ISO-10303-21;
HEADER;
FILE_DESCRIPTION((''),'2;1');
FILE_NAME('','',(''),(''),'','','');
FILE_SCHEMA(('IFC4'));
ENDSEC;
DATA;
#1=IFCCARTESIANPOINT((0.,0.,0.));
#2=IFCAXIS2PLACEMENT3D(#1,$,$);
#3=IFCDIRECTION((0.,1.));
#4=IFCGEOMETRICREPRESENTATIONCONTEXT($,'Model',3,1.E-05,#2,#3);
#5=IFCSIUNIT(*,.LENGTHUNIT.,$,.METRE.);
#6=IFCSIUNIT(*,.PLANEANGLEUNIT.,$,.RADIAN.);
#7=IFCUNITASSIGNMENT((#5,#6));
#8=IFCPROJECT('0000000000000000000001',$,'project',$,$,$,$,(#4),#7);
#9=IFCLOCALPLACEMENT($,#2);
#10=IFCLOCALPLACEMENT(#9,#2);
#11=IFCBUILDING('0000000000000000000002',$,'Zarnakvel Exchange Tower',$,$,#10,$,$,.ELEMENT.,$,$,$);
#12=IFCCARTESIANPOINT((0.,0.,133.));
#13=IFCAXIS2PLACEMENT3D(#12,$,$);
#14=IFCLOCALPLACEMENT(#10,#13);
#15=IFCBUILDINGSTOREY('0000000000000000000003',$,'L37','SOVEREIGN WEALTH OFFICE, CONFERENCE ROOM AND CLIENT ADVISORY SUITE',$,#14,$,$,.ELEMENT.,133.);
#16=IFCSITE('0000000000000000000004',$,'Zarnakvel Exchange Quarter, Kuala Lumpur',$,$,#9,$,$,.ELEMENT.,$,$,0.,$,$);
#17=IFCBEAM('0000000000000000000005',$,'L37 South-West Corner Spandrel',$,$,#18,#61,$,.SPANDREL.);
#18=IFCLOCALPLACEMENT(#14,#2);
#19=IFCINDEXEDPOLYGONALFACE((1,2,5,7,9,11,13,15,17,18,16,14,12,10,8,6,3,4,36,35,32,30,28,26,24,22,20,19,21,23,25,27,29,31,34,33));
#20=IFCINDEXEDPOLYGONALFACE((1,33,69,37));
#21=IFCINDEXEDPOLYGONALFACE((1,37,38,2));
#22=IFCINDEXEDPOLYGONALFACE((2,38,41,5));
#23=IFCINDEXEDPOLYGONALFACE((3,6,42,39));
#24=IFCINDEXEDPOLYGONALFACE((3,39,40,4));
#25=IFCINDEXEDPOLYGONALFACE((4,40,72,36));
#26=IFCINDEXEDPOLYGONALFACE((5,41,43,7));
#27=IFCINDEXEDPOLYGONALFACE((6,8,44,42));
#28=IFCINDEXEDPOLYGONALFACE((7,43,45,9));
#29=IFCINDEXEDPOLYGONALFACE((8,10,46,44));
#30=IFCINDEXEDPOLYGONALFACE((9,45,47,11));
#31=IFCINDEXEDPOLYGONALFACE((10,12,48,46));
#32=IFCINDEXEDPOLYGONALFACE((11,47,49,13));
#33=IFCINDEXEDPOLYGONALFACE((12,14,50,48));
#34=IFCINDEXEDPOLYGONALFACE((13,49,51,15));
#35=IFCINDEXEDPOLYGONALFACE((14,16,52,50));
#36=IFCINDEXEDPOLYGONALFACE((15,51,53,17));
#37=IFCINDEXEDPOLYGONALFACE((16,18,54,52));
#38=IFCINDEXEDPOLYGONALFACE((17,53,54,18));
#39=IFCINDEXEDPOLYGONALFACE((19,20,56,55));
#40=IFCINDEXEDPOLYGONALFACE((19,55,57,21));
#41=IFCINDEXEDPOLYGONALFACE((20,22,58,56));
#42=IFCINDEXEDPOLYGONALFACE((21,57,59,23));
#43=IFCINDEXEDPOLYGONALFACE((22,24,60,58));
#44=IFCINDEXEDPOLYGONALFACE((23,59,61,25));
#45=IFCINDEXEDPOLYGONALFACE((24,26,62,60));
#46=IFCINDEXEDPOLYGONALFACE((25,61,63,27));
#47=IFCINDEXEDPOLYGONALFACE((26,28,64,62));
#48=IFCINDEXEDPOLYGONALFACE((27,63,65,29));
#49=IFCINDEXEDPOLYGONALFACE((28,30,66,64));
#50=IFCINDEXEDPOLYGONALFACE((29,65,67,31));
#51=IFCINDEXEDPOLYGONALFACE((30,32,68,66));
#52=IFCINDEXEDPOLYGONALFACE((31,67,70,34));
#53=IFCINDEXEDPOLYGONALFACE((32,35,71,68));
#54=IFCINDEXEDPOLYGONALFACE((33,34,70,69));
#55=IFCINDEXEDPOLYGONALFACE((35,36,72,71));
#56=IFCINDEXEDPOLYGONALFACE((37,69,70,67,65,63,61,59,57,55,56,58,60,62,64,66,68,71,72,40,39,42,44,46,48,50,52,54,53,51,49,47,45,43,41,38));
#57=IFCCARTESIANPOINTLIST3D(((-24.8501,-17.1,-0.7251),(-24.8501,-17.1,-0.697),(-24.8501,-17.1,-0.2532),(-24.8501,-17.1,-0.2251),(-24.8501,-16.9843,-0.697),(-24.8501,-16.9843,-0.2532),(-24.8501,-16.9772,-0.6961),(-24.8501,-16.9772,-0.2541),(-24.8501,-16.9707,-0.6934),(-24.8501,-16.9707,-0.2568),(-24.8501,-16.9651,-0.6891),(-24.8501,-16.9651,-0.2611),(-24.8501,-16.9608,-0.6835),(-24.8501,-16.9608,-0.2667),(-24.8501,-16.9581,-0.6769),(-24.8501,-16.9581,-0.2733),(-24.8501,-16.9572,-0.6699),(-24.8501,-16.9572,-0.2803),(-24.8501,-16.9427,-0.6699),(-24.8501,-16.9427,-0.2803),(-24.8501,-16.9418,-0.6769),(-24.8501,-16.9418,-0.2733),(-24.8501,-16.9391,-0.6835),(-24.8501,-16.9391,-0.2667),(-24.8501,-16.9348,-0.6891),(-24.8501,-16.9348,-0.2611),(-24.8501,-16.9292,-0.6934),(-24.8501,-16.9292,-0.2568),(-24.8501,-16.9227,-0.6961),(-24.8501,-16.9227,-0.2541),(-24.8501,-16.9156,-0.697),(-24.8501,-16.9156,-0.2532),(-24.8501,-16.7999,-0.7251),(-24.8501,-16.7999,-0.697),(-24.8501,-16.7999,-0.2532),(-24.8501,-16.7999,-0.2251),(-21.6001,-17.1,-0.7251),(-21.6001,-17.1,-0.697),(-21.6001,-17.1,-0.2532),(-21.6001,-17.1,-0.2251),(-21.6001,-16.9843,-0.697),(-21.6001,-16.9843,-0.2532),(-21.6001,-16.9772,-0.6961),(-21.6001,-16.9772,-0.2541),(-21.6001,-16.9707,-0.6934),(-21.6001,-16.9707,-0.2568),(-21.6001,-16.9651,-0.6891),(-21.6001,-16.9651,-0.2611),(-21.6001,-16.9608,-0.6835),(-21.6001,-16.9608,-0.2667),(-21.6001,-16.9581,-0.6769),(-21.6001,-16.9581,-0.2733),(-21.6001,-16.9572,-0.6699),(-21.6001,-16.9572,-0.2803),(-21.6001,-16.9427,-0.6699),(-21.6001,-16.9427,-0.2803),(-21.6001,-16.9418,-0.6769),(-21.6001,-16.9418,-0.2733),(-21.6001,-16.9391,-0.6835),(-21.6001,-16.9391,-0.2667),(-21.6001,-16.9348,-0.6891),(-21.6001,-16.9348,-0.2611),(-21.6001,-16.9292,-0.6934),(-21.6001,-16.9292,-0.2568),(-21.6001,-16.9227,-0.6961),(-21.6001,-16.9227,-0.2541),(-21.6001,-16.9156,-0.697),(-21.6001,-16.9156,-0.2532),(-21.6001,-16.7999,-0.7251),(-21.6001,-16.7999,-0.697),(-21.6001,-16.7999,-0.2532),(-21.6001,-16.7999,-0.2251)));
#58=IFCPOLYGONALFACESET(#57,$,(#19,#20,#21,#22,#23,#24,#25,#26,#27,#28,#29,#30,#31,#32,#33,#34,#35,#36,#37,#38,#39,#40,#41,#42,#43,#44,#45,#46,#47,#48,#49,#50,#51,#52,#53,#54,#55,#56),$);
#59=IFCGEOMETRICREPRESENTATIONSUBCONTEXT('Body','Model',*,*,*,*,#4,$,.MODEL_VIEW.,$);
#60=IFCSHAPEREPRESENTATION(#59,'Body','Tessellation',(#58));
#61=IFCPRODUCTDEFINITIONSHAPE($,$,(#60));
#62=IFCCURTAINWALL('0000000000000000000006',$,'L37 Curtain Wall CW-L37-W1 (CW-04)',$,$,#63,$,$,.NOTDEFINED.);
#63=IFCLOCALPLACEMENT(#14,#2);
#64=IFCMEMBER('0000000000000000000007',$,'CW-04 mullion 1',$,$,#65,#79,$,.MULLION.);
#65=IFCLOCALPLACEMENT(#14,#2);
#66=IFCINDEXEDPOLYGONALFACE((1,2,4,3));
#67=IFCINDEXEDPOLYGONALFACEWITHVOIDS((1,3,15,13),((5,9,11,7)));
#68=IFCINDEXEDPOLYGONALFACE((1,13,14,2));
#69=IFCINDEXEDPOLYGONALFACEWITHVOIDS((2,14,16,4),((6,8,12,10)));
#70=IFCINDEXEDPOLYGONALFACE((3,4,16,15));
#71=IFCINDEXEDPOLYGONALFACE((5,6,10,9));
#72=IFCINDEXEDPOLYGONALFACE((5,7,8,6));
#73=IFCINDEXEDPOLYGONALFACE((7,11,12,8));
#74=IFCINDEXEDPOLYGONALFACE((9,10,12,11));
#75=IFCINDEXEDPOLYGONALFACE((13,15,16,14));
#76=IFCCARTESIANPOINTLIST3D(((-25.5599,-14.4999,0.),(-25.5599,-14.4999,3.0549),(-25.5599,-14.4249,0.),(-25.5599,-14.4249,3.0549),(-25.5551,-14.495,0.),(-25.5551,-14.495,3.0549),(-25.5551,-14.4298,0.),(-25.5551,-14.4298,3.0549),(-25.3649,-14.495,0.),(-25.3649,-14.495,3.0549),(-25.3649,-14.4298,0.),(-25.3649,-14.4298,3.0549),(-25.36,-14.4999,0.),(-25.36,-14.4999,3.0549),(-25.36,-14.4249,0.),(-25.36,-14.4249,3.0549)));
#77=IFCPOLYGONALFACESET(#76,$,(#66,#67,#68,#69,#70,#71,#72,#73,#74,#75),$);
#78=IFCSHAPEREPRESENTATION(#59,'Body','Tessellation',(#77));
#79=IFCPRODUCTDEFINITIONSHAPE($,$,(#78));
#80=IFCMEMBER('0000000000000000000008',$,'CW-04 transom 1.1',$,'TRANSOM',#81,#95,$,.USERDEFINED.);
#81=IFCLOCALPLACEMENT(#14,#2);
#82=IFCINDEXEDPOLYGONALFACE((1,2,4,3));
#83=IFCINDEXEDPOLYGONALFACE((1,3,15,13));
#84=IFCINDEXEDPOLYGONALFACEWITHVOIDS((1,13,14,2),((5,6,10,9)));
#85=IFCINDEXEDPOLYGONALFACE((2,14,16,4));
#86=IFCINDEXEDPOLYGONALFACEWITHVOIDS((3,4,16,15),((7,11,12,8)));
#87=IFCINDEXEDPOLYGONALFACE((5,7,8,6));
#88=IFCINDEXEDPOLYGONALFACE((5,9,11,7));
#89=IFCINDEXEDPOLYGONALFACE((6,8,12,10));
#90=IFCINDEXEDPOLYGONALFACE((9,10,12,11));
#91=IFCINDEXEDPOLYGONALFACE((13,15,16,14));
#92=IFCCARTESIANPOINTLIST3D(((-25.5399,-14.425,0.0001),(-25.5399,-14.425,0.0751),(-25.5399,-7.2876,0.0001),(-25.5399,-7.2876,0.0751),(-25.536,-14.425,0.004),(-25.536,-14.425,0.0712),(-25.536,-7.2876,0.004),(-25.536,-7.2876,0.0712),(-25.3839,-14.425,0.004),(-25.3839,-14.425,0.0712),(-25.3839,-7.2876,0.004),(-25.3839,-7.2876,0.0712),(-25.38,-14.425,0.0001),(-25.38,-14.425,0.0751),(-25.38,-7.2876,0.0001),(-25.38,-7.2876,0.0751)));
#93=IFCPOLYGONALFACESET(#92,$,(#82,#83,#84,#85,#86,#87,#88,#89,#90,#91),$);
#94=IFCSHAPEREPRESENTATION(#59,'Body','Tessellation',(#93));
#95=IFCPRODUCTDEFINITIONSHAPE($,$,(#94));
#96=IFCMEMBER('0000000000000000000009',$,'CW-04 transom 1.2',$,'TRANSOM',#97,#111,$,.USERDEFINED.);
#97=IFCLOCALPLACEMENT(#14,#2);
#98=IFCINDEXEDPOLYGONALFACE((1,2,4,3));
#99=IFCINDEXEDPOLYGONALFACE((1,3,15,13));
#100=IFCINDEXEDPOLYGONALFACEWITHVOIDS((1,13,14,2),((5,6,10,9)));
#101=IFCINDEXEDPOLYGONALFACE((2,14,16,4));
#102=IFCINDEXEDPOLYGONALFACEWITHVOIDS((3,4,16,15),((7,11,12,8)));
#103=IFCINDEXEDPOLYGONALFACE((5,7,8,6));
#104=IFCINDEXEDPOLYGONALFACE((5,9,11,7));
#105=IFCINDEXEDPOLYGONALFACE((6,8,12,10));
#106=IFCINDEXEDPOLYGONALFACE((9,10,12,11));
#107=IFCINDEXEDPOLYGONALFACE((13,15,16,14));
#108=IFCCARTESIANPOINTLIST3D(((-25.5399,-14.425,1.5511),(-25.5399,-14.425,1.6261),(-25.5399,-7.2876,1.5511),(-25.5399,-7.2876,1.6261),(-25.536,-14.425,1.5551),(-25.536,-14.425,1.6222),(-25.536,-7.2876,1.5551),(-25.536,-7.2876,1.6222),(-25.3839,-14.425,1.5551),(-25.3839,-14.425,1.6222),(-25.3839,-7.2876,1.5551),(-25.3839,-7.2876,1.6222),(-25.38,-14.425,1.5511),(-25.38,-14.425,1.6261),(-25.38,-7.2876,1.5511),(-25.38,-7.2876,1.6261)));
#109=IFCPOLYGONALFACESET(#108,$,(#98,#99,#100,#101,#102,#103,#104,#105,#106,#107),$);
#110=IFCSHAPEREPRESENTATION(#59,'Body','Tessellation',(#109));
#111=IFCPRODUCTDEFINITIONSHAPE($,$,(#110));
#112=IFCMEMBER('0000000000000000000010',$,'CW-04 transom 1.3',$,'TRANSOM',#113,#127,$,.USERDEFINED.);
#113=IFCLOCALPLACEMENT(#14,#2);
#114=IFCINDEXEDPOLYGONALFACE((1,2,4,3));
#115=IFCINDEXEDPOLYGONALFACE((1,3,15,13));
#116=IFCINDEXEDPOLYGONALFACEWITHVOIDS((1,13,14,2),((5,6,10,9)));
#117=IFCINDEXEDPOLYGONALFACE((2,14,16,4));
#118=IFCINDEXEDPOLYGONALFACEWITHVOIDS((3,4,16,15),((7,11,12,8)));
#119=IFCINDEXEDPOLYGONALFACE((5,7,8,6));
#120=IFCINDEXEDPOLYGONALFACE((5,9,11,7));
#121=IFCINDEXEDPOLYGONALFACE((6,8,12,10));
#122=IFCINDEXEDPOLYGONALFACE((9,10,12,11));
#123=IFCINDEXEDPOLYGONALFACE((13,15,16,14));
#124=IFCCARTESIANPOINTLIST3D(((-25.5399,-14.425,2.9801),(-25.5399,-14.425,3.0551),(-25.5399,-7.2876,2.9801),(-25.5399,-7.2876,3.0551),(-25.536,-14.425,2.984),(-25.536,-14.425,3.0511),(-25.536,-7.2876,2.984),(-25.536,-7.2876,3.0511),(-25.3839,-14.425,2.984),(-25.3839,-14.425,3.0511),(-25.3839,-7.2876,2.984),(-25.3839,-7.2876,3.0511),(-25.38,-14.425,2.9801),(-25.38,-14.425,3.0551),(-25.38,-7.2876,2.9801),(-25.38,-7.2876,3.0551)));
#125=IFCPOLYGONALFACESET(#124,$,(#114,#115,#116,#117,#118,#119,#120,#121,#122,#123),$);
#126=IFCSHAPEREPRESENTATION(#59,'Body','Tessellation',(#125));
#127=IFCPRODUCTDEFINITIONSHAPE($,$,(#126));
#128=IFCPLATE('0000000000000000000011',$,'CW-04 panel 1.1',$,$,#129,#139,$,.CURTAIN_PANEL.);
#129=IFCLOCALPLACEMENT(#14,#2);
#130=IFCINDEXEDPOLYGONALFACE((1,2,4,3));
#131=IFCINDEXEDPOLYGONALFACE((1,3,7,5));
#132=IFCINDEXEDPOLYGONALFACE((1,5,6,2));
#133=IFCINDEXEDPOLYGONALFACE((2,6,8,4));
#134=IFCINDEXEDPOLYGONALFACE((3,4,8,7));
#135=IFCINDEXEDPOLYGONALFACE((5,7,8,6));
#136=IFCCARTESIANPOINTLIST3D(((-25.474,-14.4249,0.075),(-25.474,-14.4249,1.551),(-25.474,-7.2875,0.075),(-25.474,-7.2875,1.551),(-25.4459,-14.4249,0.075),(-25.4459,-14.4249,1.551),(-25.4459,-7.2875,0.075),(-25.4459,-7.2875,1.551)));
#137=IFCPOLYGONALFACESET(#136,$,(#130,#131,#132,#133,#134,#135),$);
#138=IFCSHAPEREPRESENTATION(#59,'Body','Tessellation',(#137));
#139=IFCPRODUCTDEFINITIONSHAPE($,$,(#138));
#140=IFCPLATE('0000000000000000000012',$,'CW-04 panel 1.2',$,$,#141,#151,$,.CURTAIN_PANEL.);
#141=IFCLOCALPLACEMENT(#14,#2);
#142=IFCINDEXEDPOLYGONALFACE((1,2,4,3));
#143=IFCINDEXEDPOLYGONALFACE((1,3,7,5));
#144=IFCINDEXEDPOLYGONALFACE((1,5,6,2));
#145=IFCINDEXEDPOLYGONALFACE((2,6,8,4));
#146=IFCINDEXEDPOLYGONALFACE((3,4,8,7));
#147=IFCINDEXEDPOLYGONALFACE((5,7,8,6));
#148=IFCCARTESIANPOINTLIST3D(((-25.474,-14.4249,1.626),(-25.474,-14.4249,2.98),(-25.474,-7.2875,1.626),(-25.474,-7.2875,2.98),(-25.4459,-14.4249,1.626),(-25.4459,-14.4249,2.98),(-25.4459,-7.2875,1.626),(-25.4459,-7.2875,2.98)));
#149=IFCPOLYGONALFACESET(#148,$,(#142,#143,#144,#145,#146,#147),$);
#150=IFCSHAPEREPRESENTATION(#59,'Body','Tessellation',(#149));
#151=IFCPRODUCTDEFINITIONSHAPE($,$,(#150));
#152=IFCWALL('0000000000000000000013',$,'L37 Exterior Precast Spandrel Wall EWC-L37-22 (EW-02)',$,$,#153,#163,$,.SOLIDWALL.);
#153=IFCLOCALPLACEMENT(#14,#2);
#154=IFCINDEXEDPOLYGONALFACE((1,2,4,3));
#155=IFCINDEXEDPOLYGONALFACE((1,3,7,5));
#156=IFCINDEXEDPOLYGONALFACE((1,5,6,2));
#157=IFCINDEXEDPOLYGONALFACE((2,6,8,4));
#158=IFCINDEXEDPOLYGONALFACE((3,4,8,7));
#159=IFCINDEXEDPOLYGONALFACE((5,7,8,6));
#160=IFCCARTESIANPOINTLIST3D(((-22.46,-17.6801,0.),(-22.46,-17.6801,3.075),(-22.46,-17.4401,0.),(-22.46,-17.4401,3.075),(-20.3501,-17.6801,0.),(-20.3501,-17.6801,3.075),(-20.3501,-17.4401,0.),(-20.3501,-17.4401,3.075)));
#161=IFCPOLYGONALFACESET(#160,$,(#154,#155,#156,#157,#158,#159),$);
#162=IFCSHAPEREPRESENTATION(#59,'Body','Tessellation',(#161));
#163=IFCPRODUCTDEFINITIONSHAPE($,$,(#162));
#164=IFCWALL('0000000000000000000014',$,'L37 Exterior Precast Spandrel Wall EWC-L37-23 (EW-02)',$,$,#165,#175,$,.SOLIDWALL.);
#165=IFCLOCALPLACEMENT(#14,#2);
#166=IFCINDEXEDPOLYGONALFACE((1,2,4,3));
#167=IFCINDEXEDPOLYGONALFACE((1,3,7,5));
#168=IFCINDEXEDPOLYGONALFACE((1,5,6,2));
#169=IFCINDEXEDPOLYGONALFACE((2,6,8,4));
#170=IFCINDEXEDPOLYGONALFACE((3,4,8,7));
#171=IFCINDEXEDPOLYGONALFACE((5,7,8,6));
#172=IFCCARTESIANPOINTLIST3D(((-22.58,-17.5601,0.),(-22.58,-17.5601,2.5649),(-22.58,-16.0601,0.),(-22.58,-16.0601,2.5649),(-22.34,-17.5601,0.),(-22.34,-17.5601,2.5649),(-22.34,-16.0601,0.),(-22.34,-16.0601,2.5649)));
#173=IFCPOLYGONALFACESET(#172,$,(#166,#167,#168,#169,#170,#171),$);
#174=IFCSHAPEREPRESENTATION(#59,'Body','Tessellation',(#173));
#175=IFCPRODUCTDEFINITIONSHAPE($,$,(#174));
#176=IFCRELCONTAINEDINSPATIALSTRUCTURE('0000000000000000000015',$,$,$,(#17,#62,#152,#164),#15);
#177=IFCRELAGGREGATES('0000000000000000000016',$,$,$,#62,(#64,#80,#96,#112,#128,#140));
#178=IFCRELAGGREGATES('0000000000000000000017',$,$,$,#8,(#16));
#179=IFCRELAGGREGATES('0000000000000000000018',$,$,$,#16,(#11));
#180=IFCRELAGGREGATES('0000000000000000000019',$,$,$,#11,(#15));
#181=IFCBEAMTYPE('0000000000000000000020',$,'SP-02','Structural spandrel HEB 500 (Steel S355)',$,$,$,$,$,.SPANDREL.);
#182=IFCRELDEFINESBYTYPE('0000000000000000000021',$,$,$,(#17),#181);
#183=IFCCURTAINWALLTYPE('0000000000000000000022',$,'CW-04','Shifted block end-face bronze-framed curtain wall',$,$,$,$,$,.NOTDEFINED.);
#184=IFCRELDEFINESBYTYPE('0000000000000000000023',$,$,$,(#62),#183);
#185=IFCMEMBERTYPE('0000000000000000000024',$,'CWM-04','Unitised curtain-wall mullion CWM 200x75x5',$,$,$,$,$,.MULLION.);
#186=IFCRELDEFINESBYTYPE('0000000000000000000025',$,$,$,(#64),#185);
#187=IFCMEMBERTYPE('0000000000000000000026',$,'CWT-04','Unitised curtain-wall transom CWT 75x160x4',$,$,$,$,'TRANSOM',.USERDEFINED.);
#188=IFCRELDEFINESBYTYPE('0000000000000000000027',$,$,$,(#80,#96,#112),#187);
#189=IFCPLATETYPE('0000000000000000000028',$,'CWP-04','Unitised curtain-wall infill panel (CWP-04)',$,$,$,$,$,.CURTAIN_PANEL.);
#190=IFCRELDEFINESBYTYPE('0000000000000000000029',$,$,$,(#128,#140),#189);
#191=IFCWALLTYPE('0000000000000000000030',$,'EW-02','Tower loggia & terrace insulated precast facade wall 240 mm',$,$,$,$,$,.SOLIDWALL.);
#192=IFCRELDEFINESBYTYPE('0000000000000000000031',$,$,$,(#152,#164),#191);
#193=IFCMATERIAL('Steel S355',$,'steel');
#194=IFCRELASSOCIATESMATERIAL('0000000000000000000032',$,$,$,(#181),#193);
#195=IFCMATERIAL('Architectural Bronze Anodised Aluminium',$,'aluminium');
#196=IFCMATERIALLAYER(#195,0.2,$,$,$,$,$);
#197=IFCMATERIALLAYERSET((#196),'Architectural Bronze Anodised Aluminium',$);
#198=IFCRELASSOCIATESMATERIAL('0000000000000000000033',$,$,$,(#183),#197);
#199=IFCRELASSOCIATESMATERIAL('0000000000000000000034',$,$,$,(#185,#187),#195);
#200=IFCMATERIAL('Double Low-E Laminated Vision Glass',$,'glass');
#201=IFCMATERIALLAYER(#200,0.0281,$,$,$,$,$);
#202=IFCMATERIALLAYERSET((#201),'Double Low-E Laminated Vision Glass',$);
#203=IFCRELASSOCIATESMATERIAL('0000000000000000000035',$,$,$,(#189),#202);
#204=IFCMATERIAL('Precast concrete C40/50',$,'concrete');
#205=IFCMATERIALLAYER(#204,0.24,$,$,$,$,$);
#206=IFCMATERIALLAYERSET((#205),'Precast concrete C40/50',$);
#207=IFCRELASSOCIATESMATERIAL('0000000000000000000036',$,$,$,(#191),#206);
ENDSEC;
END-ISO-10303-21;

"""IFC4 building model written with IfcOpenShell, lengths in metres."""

from ifc_helpers import new_model, si_unit, direction, frame, frame_2d, origin, origin_2d, place, context, subcontext, project, spatial, rectangle, hollow_rectangle, i_section, extrude, source, transform, mapped, material, layer, layer_set, material_profile, profile_set, type_object, element, aggregate, save


model = new_model("IFC4")

# Units and contexts
model_context = context("Model", 3, precision=1e-05, world=origin(), true_north=direction((0.0, 1.0)))
body_context = subcontext(model_context, "Body", "Model", "MODEL_VIEW")
ifc_project = project(units=[si_unit("LENGTHUNIT", "METRE"), si_unit("PLANEANGLEUNIT", "RADIAN")], contexts=[model_context])

# Site, building, storey
site_placement = place(None, origin())
site = spatial("IfcSite", under=ifc_project, at=site_placement, Name="Zarnakvel Exchange Quarter, Kuala Lumpur", CompositionType="ELEMENT", RefElevation=0.0)
building_placement = place(site_placement, origin())
building = spatial("IfcBuilding", under=site, at=building_placement, Name="Zarnakvel Exchange Tower", CompositionType="ELEMENT")
storey_placement = place(building_placement, frame((0.0, 0.0, 133.0)))
storey = spatial("IfcBuildingStorey", under=building, at=storey_placement, Name="L37", Description="SOVEREIGN WEALTH OFFICE, CONFERENCE ROOM AND CLIENT ADVISORY SUITE", CompositionType="ELEMENT", Elevation=133.0)

# Shared definitions
ifc_material_1 = material(Name="Steel S355", Category="steel")

# Beam
ifc_material_profile_1 = material_profile(ifc_material_1, i_section(OverallWidth=0.3, OverallDepth=0.5, WebThickness=0.0144, FlangeThickness=0.0281, FilletRadius=0.0271, at=origin_2d()))
ifc_profile_set_1 = profile_set([ifc_material_profile_1], Name="Steel S355")
beam_type_1 = type_object("IfcBeamType", Name="SP-02", Description="Structural spandrel HEB 500 (Steel S355)", PredefinedType="SPANDREL", material=ifc_profile_set_1)
beam_1_placement = place(storey_placement, frame((-24.8501, -16.95, -0.4751), z_axis=(1.0, 0.0, 0.0), x_axis=(0.0, 1.0, 0.0)))
element("IfcBeam", 1, at=beam_1_placement, inside=storey, type_object=beam_type_1, Name="L37 South-West Corner Spandrel", PredefinedType="SPANDREL", context=body_context, shape_type="SweptSolid", body=[
    extrude(i_section(OverallWidth=0.3, OverallDepth=0.5, WebThickness=0.0144, FlangeThickness=0.0281, FilletRadius=0.0271, at=origin_2d()), origin(), (0.0, 0.0, 1.0), 3.25),
])

# Curtain wall, members, plates
ifc_material_2 = material(Name="Architectural Bronze Anodised Aluminium", Category="aluminium")
ifc_layer_1 = layer(ifc_material_2, 0.2)
ifc_layer_set_1 = layer_set([ifc_layer_1], Name="Architectural Bronze Anodised Aluminium")
curtain_wall_type = type_object("IfcCurtainWallType", Name="CW-04", Description="Shifted block end-face bronze-framed curtain wall", PredefinedType="NOTDEFINED", material=ifc_layer_set_1)
curtain_wall_placement = place(storey_placement, origin())
curtain_wall = element("IfcCurtainWall", 2, at=curtain_wall_placement, inside=storey, type_object=curtain_wall_type, Name="L37 Curtain Wall CW-L37-W1 (CW-04)", PredefinedType="NOTDEFINED")
ifc_material_profile_2 = material_profile(ifc_material_2, hollow_rectangle(XDim=0.2, YDim=0.075, WallThickness=0.0049, at=origin_2d()))
ifc_profile_set_2 = profile_set([ifc_material_profile_2], Name="Architectural Bronze Anodised Aluminium")
member_type_1 = type_object("IfcMemberType", Name="CWM-04", Description="Unitised curtain-wall mullion CWM 200x75x5", PredefinedType="MULLION", material=ifc_profile_set_2)
shared_shape_1 = source(origin(), body_context, "Body", "SweptSolid", [
    extrude(hollow_rectangle(XDim=0.2, YDim=0.075, WallThickness=0.0049, at=origin_2d()), origin(), (0.0, 0.0, 1.0), 3.0549),
])
member_1_placement = place(storey_placement, frame((-25.46, -14.4624, 0.0), z_axis=(0.0, 0.0, 1.0), x_axis=(-1.0, 0.0, 0.0)))
member_1 = element("IfcMember", 3, at=member_1_placement, type_object=member_type_1, Name="CW-04 mullion 1", PredefinedType="MULLION", context=body_context, shape_type="MappedRepresentation", body=[
    mapped(shared_shape_1, transform((0.0, 0.0, 0.0), x_axis=(1.0, 0.0, 0.0), y_axis=(0.0, 1.0, 0.0), z_axis=(0.0, 0.0, 1.0), scale=1.0)),
])
ifc_material_profile_3 = material_profile(ifc_material_2, hollow_rectangle(XDim=0.1599, YDim=0.075, WallThickness=0.0039, at=origin_2d()))
ifc_profile_set_3 = profile_set([ifc_material_profile_3], Name="Architectural Bronze Anodised Aluminium")
member_type_2 = type_object("IfcMemberType", Name="CWT-04", Description="Unitised curtain-wall transom CWT 75x160x4", ElementType="TRANSOM", PredefinedType="USERDEFINED", material=ifc_profile_set_3)
shared_shape_2 = source(origin(), body_context, "Body", "SweptSolid", [
    extrude(hollow_rectangle(XDim=0.1599, YDim=0.075, WallThickness=0.0039, at=origin_2d()), origin(), (0.0, 0.0, 1.0), 7.1375),
])
member_2_placement = place(storey_placement, frame((-25.46, -14.425, 0.0376), z_axis=(0.0, 1.0, 0.0), x_axis=(-1.0, 0.0, 0.0)))
member_2 = element("IfcMember", 4, at=member_2_placement, type_object=member_type_2, Name="CW-04 transom 1.1", ObjectType="TRANSOM", PredefinedType="USERDEFINED", context=body_context, shape_type="MappedRepresentation", body=[
    mapped(shared_shape_2, transform((0.0, 0.0, 0.0), x_axis=(1.0, 0.0, 0.0), y_axis=(0.0, 1.0, 0.0), z_axis=(0.0, 0.0, 1.0), scale=1.0)),
])
member_3_placement = place(storey_placement, frame((-25.46, -14.425, 1.5886), z_axis=(0.0, 1.0, 0.0), x_axis=(-1.0, 0.0, 0.0)))
member_3 = element("IfcMember", 5, at=member_3_placement, type_object=member_type_2, Name="CW-04 transom 1.2", ObjectType="TRANSOM", PredefinedType="USERDEFINED", context=body_context, shape_type="MappedRepresentation", body=[
    mapped(shared_shape_2, transform((0.0, 0.0, 0.0), x_axis=(1.0, 0.0, 0.0), y_axis=(0.0, 1.0, 0.0), z_axis=(0.0, 0.0, 1.0), scale=1.0)),
])
member_4_placement = place(storey_placement, frame((-25.46, -14.425, 3.0176), z_axis=(0.0, 1.0, 0.0), x_axis=(-1.0, 0.0, 0.0)))
member_4 = element("IfcMember", 6, at=member_4_placement, type_object=member_type_2, Name="CW-04 transom 1.3", ObjectType="TRANSOM", PredefinedType="USERDEFINED", context=body_context, shape_type="MappedRepresentation", body=[
    mapped(shared_shape_2, transform((0.0, 0.0, 0.0), x_axis=(1.0, 0.0, 0.0), y_axis=(0.0, 1.0, 0.0), z_axis=(0.0, 0.0, 1.0), scale=1.0)),
])
ifc_material_3 = material(Name="Double Low-E Laminated Vision Glass", Category="glass")
ifc_layer_2 = layer(ifc_material_3, 0.0281)
ifc_layer_set_2 = layer_set([ifc_layer_2], Name="Double Low-E Laminated Vision Glass")
plate_type = type_object("IfcPlateType", Name="CWP-04", Description="Unitised curtain-wall infill panel (CWP-04)", PredefinedType="CURTAIN_PANEL", material=ifc_layer_set_2)
shared_shape_3 = source(origin(), body_context, "Body", "SweptSolid", [
    extrude(rectangle(XDim=7.1375, YDim=0.0281, at=origin_2d()), origin(), (0.0, 0.0, 1.0), 1.4761),
])
plate_1_placement = place(storey_placement, frame((-25.46, -10.8562, 0.075), z_axis=(0.0, 0.0, 1.0), x_axis=(0.0, 1.0, 0.0)))
plate_1 = element("IfcPlate", 7, at=plate_1_placement, type_object=plate_type, Name="CW-04 panel 1.1", PredefinedType="CURTAIN_PANEL", context=body_context, shape_type="MappedRepresentation", body=[
    mapped(shared_shape_3, transform((0.0, 0.0, 0.0), x_axis=(1.0, 0.0, 0.0), y_axis=(0.0, 1.0, 0.0), z_axis=(0.0, 0.0, 1.0), scale=1.0)),
])
shared_shape_4 = source(origin(), body_context, "Body", "SweptSolid", [
    extrude(rectangle(XDim=7.1375, YDim=0.0281, at=origin_2d()), origin(), (0.0, 0.0, 1.0), 1.354),
])
plate_2_placement = place(storey_placement, frame((-25.46, -10.8562, 1.626), z_axis=(0.0, 0.0, 1.0), x_axis=(0.0, 1.0, 0.0)))
plate_2 = element("IfcPlate", 8, at=plate_2_placement, type_object=plate_type, Name="CW-04 panel 1.2", PredefinedType="CURTAIN_PANEL", context=body_context, shape_type="MappedRepresentation", body=[
    mapped(shared_shape_4, transform((0.0, 0.0, 0.0), x_axis=(1.0, 0.0, 0.0), y_axis=(0.0, 1.0, 0.0), z_axis=(0.0, 0.0, 1.0), scale=1.0)),
])
aggregate(curtain_wall, [member_1, member_2, member_3, member_4, plate_1, plate_2])

# Walls
ifc_material_4 = material(Name="Precast concrete C40/50", Category="concrete")
ifc_layer_3 = layer(ifc_material_4, 0.24)
ifc_layer_set_3 = layer_set([ifc_layer_3], Name="Precast concrete C40/50")
wall_type_1 = type_object("IfcWallType", Name="EW-02", Description="Tower loggia & terrace insulated precast facade wall 240 mm", PredefinedType="SOLIDWALL", material=ifc_layer_set_3)
wall_1_placement = place(storey_placement, frame((-22.46, -17.5601, 0.0), z_axis=(0.0, 0.0, 1.0), x_axis=(1.0, 0.0, 0.0)))
element("IfcWall", 9, at=wall_1_placement, inside=storey, type_object=wall_type_1, Name="L37 Exterior Precast Spandrel Wall EWC-L37-22 (EW-02)", PredefinedType="SOLIDWALL", context=body_context, shape_type="SweptSolid", body=[
    extrude(rectangle(XDim=2.1099, YDim=0.24, at=frame_2d((1.0549, 0.0))), origin(), (0.0, 0.0, 1.0), 3.075),
])
wall_2_placement = place(storey_placement, frame((-22.46, -16.0601, 0.0), z_axis=(0.0, 0.0, 1.0), x_axis=(0.0, -1.0, 0.0)))
element("IfcWall", 10, at=wall_2_placement, inside=storey, type_object=wall_type_1, Name="L37 Exterior Precast Spandrel Wall EWC-L37-23 (EW-02)", PredefinedType="SOLIDWALL", context=body_context, shape_type="SweptSolid", body=[
    extrude(rectangle(XDim=1.5, YDim=0.24, at=frame_2d((0.75, 0.0))), origin(), (0.0, 0.0, 1.0), 2.5649),
])

save(model, "model.ifc")
